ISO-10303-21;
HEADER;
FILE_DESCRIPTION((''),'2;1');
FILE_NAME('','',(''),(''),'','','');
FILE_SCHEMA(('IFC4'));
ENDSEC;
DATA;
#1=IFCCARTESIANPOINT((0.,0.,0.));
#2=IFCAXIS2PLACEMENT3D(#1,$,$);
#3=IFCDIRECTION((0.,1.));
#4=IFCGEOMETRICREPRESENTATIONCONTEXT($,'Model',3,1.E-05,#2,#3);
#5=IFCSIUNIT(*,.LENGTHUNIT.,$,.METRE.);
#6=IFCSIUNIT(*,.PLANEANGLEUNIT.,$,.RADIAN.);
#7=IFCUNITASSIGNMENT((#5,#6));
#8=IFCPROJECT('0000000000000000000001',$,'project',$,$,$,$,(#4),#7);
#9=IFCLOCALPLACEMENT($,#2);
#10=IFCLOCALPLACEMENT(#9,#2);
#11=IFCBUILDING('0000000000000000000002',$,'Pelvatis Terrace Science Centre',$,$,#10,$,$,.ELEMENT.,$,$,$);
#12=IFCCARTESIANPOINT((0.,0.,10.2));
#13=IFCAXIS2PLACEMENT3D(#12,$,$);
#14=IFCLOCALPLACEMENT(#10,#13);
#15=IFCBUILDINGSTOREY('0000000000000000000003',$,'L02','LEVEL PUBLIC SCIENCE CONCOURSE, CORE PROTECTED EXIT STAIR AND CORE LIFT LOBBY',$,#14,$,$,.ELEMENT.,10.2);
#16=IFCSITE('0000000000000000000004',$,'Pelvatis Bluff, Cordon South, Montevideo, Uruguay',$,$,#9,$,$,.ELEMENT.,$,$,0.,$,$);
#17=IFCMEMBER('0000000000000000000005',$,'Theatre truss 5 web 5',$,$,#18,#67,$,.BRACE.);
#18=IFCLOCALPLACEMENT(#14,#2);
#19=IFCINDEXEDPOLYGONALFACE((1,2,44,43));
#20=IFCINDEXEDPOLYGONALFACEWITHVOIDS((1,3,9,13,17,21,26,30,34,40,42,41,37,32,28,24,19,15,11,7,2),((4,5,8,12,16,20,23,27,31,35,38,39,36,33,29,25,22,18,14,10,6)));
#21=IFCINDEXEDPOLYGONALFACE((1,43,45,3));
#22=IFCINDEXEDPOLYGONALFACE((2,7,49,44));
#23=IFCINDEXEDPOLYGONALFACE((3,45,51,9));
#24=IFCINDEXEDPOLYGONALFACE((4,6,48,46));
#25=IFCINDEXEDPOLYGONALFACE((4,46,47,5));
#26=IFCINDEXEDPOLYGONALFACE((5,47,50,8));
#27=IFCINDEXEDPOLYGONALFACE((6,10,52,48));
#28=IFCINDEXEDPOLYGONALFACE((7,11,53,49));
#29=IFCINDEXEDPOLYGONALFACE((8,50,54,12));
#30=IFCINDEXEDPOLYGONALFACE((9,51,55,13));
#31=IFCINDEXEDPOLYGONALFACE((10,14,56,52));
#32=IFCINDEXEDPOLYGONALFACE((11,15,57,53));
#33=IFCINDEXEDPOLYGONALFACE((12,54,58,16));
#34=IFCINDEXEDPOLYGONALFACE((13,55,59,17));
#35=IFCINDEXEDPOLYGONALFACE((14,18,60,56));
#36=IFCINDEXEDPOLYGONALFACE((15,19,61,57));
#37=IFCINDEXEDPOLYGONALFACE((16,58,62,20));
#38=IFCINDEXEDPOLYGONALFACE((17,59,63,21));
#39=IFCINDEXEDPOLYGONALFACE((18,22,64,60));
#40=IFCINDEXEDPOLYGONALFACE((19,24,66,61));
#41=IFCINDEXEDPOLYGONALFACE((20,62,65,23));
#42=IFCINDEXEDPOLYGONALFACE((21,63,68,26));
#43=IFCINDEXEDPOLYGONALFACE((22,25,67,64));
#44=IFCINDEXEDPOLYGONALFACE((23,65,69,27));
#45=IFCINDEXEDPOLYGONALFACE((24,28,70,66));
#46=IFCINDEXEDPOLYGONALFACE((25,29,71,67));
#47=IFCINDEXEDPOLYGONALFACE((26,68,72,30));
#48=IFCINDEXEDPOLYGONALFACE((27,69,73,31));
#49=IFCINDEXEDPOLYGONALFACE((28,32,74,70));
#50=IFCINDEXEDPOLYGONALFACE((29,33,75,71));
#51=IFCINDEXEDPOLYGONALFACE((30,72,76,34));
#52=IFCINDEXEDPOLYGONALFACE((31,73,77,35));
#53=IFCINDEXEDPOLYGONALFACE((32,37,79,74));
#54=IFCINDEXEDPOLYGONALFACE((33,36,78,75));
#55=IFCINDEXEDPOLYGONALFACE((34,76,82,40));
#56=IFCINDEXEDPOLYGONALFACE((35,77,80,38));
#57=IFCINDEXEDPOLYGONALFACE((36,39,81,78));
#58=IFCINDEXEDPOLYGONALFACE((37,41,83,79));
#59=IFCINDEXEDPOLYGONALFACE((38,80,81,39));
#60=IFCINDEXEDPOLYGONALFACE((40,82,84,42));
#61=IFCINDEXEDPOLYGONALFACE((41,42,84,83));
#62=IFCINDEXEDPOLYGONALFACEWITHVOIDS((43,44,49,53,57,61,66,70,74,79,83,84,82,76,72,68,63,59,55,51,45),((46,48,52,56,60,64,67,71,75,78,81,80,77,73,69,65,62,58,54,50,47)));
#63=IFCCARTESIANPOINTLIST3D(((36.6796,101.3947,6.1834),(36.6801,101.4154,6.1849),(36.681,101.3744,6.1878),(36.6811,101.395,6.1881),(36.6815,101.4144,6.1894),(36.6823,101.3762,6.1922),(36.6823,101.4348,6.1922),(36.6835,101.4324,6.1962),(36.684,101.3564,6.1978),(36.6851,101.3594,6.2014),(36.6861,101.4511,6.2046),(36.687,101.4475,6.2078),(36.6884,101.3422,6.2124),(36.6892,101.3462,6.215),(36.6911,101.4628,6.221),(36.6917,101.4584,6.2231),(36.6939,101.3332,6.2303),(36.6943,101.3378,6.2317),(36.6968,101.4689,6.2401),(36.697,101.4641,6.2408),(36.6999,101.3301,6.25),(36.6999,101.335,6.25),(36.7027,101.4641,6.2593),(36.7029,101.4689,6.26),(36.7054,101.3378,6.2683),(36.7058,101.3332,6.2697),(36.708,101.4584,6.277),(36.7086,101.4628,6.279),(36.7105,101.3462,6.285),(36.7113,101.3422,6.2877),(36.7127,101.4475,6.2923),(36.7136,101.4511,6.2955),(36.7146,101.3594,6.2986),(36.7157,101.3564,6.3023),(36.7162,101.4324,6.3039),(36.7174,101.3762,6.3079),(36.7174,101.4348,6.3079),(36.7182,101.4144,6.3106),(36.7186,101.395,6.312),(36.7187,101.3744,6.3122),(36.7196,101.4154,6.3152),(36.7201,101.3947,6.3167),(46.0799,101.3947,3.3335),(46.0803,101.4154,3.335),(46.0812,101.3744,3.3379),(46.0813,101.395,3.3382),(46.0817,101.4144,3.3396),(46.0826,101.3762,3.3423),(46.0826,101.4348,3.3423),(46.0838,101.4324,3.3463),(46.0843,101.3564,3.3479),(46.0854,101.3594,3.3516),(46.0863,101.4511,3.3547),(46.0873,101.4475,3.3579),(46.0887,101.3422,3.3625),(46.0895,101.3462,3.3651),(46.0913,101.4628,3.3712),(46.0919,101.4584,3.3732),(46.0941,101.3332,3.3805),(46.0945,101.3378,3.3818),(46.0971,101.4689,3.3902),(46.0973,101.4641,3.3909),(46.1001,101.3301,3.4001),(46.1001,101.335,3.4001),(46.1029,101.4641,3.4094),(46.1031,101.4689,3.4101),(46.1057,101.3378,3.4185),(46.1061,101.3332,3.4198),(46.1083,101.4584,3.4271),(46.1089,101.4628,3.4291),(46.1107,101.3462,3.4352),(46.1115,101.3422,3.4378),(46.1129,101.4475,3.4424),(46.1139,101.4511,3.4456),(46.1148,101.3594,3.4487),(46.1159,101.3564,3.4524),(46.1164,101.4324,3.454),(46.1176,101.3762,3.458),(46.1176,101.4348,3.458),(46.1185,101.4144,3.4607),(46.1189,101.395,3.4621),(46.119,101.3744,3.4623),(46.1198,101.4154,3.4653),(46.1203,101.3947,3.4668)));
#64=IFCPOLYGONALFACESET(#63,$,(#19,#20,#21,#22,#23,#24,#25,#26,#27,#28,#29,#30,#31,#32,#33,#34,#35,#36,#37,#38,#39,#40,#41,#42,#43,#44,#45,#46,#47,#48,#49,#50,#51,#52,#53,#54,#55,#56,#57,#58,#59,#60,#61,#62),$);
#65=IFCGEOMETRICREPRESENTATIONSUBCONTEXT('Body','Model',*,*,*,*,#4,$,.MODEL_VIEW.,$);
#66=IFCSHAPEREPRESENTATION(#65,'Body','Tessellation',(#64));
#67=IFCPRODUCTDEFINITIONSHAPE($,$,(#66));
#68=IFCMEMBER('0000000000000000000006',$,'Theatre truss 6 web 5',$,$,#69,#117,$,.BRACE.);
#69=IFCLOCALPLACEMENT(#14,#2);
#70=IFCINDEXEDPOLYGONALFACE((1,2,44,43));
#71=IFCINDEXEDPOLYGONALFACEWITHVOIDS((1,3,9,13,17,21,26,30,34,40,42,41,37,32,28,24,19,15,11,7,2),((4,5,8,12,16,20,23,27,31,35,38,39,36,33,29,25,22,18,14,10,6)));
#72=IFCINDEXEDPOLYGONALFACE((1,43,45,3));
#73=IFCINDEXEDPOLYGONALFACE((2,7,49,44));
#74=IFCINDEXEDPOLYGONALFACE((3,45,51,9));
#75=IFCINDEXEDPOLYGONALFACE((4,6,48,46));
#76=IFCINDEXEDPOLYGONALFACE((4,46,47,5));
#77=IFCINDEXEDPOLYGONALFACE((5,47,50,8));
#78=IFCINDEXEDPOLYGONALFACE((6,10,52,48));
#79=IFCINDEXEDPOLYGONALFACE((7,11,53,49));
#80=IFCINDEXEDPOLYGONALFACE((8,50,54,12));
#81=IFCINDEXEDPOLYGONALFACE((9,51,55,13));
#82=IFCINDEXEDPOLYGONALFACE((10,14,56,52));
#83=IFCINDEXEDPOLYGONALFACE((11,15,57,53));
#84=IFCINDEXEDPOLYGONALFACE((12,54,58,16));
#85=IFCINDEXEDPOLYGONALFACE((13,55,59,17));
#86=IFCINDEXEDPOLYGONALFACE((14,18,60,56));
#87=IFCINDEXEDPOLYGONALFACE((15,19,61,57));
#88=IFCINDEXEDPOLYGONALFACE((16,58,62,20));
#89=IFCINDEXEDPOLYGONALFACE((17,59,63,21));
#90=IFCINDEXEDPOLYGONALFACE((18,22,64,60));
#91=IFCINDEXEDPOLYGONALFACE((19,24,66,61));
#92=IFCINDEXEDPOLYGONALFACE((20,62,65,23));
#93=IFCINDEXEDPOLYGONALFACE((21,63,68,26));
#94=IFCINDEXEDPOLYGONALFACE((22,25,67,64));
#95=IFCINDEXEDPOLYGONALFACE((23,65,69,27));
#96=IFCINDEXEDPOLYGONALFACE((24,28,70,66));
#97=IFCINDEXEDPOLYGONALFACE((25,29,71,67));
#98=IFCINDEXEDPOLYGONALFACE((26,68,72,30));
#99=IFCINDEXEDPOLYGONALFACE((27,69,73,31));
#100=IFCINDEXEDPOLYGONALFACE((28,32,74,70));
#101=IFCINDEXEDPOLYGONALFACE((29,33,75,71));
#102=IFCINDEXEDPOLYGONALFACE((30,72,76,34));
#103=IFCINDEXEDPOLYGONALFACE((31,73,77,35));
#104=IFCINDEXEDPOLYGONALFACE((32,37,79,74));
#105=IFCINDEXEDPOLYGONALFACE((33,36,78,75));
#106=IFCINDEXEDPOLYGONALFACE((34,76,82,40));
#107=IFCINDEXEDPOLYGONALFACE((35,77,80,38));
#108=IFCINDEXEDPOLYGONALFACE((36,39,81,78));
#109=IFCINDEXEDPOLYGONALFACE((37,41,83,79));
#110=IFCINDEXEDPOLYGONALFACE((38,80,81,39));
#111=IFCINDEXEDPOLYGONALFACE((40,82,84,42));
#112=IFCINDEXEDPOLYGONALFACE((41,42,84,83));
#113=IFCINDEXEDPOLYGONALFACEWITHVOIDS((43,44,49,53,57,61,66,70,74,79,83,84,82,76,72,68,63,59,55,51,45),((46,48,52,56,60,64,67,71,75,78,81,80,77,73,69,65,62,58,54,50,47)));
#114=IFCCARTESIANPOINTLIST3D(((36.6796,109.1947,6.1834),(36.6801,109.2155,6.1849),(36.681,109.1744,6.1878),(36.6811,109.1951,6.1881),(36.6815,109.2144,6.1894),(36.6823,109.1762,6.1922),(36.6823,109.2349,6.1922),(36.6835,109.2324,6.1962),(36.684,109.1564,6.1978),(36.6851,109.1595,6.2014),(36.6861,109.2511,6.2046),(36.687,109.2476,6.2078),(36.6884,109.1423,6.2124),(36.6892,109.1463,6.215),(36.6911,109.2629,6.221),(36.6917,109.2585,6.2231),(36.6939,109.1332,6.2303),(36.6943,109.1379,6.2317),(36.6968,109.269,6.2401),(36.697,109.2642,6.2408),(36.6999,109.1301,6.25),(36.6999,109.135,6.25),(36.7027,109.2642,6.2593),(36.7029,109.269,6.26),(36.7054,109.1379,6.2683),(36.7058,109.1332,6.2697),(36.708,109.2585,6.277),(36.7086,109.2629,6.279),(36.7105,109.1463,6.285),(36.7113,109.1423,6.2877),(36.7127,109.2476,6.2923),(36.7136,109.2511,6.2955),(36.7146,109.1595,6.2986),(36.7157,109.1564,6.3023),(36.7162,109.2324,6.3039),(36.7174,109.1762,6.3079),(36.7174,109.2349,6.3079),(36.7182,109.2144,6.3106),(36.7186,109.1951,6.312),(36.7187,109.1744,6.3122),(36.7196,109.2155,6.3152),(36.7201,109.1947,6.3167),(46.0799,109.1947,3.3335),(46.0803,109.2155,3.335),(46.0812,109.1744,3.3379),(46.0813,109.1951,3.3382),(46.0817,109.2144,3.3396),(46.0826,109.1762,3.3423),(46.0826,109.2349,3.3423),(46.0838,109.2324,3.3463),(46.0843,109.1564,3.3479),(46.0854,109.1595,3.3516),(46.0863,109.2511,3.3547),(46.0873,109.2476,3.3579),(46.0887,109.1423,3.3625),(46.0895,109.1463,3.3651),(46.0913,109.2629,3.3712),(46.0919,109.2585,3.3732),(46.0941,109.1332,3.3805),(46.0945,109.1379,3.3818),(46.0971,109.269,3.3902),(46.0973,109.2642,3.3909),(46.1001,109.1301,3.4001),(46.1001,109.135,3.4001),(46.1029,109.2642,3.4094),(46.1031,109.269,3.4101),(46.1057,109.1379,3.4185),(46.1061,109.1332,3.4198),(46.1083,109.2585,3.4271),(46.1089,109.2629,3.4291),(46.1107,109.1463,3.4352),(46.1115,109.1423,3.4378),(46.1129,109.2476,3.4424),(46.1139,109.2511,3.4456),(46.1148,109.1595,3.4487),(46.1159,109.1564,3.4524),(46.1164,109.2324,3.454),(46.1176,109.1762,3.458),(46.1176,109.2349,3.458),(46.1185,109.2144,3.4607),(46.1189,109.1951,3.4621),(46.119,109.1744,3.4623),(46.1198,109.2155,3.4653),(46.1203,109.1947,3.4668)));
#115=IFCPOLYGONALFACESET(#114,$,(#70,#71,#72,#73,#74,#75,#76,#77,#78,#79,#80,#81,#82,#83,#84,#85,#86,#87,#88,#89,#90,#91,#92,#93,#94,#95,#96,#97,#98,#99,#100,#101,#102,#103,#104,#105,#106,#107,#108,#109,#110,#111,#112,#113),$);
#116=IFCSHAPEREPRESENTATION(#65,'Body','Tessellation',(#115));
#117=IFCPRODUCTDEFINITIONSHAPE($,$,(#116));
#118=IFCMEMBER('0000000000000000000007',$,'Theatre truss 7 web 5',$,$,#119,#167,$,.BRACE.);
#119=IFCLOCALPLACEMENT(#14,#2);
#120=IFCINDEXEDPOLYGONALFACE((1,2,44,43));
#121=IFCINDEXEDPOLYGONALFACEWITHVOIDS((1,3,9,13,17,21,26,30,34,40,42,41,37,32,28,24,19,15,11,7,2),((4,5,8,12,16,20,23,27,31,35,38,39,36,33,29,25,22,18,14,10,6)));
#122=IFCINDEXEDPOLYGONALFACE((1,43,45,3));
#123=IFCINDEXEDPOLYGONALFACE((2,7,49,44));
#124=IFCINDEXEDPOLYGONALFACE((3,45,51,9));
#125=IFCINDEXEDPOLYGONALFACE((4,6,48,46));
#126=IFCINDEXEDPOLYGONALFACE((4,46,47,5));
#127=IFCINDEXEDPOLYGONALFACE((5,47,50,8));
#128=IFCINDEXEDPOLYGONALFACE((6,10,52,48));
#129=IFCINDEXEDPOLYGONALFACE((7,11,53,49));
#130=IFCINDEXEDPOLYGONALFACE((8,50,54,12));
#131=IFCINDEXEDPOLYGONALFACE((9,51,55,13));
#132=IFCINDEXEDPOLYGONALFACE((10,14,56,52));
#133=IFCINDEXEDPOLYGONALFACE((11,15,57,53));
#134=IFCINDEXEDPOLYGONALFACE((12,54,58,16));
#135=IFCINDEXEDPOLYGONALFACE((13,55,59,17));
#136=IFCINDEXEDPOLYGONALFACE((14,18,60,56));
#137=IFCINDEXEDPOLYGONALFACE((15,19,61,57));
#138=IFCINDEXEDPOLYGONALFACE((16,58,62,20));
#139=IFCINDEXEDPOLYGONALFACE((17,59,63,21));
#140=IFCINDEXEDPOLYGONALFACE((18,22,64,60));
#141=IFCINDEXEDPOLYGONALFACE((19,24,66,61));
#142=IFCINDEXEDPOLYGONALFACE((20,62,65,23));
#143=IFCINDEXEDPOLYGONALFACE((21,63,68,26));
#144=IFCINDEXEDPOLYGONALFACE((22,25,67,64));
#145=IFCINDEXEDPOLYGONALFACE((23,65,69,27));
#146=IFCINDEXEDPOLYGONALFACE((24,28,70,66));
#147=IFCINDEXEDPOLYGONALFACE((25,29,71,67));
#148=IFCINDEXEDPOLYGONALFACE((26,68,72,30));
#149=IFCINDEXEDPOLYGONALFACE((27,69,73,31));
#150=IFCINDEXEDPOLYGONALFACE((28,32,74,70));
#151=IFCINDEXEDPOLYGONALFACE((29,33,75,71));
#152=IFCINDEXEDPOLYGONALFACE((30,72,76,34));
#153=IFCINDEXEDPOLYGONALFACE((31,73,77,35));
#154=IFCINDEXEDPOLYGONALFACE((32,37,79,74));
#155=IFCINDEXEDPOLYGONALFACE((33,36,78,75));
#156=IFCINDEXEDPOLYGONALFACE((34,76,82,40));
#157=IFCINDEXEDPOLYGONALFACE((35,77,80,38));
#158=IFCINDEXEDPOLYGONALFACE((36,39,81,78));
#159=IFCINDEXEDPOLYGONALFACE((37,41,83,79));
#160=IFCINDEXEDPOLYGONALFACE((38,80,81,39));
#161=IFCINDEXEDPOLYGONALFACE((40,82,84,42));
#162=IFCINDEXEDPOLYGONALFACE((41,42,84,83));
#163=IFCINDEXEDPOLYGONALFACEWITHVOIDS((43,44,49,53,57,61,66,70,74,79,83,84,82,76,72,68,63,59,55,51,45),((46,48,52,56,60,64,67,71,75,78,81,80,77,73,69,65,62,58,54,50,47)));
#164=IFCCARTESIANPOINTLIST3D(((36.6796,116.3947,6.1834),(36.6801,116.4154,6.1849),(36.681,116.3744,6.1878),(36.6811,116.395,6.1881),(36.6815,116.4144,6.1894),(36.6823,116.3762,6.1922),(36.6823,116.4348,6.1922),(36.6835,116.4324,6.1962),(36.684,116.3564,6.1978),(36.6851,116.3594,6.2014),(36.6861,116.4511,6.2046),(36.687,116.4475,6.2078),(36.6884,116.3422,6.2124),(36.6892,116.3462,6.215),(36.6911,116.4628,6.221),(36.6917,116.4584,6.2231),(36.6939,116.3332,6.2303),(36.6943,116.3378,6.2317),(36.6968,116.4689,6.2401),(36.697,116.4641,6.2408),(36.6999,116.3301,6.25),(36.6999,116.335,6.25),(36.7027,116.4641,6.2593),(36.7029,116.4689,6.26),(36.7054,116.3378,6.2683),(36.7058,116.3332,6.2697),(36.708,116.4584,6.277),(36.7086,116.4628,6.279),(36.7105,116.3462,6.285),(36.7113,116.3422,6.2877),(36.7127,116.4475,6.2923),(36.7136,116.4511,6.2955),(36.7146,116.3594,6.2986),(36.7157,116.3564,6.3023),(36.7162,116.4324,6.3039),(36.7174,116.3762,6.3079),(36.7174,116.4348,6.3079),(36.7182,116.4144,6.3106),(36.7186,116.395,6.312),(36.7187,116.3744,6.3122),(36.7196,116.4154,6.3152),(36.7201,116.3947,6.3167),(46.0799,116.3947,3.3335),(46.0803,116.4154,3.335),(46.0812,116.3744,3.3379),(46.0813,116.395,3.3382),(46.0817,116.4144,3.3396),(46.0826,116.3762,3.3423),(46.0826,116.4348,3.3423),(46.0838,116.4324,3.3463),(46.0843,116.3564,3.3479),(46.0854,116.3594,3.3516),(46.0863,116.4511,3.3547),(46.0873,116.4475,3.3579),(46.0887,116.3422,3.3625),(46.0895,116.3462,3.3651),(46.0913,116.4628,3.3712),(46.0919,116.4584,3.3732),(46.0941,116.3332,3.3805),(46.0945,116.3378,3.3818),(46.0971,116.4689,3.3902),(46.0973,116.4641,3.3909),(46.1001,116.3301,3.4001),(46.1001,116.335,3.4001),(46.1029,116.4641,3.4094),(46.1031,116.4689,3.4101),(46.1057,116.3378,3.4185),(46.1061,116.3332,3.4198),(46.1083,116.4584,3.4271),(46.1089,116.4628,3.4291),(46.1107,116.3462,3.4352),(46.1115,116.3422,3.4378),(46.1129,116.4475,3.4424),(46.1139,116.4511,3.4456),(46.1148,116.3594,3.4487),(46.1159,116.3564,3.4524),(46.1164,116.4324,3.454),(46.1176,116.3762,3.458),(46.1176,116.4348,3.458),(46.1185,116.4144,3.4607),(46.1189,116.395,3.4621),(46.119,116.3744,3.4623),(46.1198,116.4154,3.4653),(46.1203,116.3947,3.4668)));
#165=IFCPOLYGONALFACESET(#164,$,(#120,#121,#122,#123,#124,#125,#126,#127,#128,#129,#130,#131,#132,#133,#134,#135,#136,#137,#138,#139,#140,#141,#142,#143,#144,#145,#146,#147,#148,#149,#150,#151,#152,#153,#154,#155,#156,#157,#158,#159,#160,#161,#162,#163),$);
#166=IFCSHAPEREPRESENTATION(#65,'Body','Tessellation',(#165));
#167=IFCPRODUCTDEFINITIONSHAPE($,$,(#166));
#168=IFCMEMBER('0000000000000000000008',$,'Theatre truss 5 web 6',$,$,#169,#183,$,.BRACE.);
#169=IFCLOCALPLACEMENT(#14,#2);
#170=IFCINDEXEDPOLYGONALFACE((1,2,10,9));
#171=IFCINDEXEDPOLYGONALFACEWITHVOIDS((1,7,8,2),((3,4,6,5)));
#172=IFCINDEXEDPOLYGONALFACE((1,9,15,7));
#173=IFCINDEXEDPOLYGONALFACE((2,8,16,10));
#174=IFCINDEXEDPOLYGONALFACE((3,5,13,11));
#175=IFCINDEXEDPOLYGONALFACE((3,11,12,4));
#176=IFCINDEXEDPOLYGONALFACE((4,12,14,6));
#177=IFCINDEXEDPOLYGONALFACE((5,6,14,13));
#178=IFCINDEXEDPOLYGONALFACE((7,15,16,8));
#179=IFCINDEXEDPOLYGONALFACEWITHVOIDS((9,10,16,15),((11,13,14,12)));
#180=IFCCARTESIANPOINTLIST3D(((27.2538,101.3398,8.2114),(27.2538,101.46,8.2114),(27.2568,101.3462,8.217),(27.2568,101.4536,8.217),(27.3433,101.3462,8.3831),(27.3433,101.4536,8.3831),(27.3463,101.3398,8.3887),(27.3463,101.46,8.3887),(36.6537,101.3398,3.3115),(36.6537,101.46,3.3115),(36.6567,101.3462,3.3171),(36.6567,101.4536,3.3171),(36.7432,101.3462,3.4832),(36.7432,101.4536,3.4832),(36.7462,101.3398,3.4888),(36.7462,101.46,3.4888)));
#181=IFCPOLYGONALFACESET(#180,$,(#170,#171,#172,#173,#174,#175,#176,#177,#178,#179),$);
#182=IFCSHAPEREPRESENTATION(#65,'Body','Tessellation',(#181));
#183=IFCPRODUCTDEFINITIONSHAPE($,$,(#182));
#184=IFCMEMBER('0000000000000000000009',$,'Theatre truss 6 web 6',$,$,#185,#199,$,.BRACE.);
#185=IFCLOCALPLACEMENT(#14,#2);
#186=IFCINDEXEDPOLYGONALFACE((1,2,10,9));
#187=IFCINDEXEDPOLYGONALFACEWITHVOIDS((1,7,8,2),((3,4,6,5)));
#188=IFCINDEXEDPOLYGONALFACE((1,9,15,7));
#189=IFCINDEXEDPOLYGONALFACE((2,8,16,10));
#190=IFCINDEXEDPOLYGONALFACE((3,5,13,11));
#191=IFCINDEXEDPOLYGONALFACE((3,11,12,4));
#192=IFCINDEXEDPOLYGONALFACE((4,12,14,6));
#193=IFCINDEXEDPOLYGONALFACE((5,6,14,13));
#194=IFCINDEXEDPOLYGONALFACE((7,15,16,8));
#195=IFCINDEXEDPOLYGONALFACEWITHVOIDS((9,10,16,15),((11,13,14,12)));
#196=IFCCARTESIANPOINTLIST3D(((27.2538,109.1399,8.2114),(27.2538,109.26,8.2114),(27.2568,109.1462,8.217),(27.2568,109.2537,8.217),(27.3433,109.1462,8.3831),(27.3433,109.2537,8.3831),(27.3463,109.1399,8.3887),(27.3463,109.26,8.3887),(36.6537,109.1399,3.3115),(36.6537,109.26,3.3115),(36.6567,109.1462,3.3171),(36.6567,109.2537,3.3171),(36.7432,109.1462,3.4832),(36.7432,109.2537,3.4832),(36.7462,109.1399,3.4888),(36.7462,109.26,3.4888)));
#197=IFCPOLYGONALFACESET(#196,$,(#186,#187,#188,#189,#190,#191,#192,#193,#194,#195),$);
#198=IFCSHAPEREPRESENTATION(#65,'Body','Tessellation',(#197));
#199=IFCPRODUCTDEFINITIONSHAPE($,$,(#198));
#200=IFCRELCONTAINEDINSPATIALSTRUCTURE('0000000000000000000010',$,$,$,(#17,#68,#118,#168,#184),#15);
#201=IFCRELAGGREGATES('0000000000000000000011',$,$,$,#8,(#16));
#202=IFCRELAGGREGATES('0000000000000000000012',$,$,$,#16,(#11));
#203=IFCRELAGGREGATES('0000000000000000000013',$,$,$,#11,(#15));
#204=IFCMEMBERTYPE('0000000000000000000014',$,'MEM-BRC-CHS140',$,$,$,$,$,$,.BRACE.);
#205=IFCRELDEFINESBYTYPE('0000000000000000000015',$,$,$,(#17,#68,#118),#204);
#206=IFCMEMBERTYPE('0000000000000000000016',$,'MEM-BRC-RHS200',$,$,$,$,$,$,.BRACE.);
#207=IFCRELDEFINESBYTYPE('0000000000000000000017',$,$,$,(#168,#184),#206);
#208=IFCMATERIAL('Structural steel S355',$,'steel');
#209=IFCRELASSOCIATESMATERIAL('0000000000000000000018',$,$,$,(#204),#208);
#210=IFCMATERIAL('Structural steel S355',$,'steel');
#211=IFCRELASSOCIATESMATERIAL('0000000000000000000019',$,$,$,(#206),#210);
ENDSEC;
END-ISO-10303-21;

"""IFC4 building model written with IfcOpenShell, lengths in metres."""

from ifc_helpers import new_model, si_unit, direction, frame, origin, origin_2d, place, context, subcontext, project, spatial, hollow_rectangle, hollow_circle, extrude, material, material_profile, profile_set, type_object, element, save


model = new_model("IFC4")

# Units and contexts
model_context = context("Model", 3, precision=1e-05, world=origin(), true_north=direction((0.0, 1.0)))
body_context = subcontext(model_context, "Body", "Model", "MODEL_VIEW")
ifc_project = project(units=[si_unit("LENGTHUNIT", "METRE"), si_unit("PLANEANGLEUNIT", "RADIAN")], contexts=[model_context])

# Site, building, storey
site_placement = place(None, origin())
site = spatial("IfcSite", under=ifc_project, at=site_placement, Name="Pelvatis Bluff, Cordon South, Montevideo, Uruguay", CompositionType="ELEMENT", RefElevation=0.0)
building_placement = place(site_placement, origin())
building = spatial("IfcBuilding", under=site, at=building_placement, Name="Pelvatis Terrace Science Centre", CompositionType="ELEMENT")
storey_placement = place(building_placement, frame((0.0, 0.0, 10.2)))
storey = spatial("IfcBuildingStorey", under=building, at=storey_placement, Name="L02", Description="LEVEL PUBLIC SCIENCE CONCOURSE, CORE PROTECTED EXIT STAIR AND CORE LIFT LOBBY", CompositionType="ELEMENT", Elevation=10.2)

# Members
ifc_material_1 = material(Name="Structural steel S355", Category="steel")
ifc_material_profile_1 = material_profile(ifc_material_1, hollow_circle(Radius=0.0698, WallThickness=0.0049, at=origin_2d()), Name="CHS 139.7x5.0")
ifc_profile_set_1 = profile_set([ifc_material_profile_1], Name="Structural steel S355")
member_type_1 = type_object("IfcMemberType", Name="MEM-BRC-CHS140", PredefinedType="BRACE", material=ifc_profile_set_1)
for number, where, z_axis, x_axis, name in (
    (1, (46.1001, 101.3999, 3.4001), (-0.956987, 0.0, 0.290131), (0.0, -1.0, 0.0), "Theatre truss 5 web 5"),
    (2, (46.1001, 109.2, 3.4001), (-0.956987, 0.0, 0.290131), (0.0, -1.0, 0.0), "Theatre truss 6 web 5"),
    (3, (46.1001, 116.3999, 3.4001), (-0.956987, 0.0, 0.290131), (0.0, -1.0, 0.0), "Theatre truss 7 web 5"),
):
    element("IfcMember", number, at=place(storey_placement, frame(where, z_axis=z_axis, x_axis=x_axis)), inside=storey, type_object=member_type_1, Name=name, PredefinedType="BRACE", context=body_context, shape_type="SweptSolid", body=[
        extrude(hollow_circle(Radius=0.0698, WallThickness=0.0049, at=origin_2d()), origin(), (0.0, 0.0, 1.0), 9.8228),
    ])
ifc_material_2 = material(Name="Structural steel S355", Category="steel")
ifc_material_profile_2 = material_profile(ifc_material_2, hollow_rectangle(XDim=0.1201, YDim=0.2, WallThickness=0.0063, at=origin_2d()), Name="RHS 200x120x6.3")
ifc_profile_set_2 = profile_set([ifc_material_profile_2], Name="Structural steel S355")
member_type_2 = type_object("IfcMemberType", Name="MEM-BRC-RHS200", PredefinedType="BRACE", material=ifc_profile_set_2)
for number, where, z_axis, x_axis, name in (
    (4, (36.7, 101.3999, 3.4001), (-0.886755, 0.0, 0.46224), (0.0, -1.0, 0.0), "Theatre truss 5 web 6"),
    (5, (36.7, 109.2, 3.4001), (-0.886755, 0.0, 0.46224), (0.0, -1.0, 0.0), "Theatre truss 6 web 6"),
):
    element("IfcMember", number, at=place(storey_placement, frame(where, z_axis=z_axis, x_axis=x_axis)), inside=storey, type_object=member_type_2, Name=name, PredefinedType="BRACE", context=body_context, shape_type="SweptSolid", body=[
        extrude(hollow_rectangle(XDim=0.1201, YDim=0.2, WallThickness=0.0063, at=origin_2d()), origin(), (0.0, 0.0, 1.0), 10.6003),
    ])

save(model, "model.ifc")
